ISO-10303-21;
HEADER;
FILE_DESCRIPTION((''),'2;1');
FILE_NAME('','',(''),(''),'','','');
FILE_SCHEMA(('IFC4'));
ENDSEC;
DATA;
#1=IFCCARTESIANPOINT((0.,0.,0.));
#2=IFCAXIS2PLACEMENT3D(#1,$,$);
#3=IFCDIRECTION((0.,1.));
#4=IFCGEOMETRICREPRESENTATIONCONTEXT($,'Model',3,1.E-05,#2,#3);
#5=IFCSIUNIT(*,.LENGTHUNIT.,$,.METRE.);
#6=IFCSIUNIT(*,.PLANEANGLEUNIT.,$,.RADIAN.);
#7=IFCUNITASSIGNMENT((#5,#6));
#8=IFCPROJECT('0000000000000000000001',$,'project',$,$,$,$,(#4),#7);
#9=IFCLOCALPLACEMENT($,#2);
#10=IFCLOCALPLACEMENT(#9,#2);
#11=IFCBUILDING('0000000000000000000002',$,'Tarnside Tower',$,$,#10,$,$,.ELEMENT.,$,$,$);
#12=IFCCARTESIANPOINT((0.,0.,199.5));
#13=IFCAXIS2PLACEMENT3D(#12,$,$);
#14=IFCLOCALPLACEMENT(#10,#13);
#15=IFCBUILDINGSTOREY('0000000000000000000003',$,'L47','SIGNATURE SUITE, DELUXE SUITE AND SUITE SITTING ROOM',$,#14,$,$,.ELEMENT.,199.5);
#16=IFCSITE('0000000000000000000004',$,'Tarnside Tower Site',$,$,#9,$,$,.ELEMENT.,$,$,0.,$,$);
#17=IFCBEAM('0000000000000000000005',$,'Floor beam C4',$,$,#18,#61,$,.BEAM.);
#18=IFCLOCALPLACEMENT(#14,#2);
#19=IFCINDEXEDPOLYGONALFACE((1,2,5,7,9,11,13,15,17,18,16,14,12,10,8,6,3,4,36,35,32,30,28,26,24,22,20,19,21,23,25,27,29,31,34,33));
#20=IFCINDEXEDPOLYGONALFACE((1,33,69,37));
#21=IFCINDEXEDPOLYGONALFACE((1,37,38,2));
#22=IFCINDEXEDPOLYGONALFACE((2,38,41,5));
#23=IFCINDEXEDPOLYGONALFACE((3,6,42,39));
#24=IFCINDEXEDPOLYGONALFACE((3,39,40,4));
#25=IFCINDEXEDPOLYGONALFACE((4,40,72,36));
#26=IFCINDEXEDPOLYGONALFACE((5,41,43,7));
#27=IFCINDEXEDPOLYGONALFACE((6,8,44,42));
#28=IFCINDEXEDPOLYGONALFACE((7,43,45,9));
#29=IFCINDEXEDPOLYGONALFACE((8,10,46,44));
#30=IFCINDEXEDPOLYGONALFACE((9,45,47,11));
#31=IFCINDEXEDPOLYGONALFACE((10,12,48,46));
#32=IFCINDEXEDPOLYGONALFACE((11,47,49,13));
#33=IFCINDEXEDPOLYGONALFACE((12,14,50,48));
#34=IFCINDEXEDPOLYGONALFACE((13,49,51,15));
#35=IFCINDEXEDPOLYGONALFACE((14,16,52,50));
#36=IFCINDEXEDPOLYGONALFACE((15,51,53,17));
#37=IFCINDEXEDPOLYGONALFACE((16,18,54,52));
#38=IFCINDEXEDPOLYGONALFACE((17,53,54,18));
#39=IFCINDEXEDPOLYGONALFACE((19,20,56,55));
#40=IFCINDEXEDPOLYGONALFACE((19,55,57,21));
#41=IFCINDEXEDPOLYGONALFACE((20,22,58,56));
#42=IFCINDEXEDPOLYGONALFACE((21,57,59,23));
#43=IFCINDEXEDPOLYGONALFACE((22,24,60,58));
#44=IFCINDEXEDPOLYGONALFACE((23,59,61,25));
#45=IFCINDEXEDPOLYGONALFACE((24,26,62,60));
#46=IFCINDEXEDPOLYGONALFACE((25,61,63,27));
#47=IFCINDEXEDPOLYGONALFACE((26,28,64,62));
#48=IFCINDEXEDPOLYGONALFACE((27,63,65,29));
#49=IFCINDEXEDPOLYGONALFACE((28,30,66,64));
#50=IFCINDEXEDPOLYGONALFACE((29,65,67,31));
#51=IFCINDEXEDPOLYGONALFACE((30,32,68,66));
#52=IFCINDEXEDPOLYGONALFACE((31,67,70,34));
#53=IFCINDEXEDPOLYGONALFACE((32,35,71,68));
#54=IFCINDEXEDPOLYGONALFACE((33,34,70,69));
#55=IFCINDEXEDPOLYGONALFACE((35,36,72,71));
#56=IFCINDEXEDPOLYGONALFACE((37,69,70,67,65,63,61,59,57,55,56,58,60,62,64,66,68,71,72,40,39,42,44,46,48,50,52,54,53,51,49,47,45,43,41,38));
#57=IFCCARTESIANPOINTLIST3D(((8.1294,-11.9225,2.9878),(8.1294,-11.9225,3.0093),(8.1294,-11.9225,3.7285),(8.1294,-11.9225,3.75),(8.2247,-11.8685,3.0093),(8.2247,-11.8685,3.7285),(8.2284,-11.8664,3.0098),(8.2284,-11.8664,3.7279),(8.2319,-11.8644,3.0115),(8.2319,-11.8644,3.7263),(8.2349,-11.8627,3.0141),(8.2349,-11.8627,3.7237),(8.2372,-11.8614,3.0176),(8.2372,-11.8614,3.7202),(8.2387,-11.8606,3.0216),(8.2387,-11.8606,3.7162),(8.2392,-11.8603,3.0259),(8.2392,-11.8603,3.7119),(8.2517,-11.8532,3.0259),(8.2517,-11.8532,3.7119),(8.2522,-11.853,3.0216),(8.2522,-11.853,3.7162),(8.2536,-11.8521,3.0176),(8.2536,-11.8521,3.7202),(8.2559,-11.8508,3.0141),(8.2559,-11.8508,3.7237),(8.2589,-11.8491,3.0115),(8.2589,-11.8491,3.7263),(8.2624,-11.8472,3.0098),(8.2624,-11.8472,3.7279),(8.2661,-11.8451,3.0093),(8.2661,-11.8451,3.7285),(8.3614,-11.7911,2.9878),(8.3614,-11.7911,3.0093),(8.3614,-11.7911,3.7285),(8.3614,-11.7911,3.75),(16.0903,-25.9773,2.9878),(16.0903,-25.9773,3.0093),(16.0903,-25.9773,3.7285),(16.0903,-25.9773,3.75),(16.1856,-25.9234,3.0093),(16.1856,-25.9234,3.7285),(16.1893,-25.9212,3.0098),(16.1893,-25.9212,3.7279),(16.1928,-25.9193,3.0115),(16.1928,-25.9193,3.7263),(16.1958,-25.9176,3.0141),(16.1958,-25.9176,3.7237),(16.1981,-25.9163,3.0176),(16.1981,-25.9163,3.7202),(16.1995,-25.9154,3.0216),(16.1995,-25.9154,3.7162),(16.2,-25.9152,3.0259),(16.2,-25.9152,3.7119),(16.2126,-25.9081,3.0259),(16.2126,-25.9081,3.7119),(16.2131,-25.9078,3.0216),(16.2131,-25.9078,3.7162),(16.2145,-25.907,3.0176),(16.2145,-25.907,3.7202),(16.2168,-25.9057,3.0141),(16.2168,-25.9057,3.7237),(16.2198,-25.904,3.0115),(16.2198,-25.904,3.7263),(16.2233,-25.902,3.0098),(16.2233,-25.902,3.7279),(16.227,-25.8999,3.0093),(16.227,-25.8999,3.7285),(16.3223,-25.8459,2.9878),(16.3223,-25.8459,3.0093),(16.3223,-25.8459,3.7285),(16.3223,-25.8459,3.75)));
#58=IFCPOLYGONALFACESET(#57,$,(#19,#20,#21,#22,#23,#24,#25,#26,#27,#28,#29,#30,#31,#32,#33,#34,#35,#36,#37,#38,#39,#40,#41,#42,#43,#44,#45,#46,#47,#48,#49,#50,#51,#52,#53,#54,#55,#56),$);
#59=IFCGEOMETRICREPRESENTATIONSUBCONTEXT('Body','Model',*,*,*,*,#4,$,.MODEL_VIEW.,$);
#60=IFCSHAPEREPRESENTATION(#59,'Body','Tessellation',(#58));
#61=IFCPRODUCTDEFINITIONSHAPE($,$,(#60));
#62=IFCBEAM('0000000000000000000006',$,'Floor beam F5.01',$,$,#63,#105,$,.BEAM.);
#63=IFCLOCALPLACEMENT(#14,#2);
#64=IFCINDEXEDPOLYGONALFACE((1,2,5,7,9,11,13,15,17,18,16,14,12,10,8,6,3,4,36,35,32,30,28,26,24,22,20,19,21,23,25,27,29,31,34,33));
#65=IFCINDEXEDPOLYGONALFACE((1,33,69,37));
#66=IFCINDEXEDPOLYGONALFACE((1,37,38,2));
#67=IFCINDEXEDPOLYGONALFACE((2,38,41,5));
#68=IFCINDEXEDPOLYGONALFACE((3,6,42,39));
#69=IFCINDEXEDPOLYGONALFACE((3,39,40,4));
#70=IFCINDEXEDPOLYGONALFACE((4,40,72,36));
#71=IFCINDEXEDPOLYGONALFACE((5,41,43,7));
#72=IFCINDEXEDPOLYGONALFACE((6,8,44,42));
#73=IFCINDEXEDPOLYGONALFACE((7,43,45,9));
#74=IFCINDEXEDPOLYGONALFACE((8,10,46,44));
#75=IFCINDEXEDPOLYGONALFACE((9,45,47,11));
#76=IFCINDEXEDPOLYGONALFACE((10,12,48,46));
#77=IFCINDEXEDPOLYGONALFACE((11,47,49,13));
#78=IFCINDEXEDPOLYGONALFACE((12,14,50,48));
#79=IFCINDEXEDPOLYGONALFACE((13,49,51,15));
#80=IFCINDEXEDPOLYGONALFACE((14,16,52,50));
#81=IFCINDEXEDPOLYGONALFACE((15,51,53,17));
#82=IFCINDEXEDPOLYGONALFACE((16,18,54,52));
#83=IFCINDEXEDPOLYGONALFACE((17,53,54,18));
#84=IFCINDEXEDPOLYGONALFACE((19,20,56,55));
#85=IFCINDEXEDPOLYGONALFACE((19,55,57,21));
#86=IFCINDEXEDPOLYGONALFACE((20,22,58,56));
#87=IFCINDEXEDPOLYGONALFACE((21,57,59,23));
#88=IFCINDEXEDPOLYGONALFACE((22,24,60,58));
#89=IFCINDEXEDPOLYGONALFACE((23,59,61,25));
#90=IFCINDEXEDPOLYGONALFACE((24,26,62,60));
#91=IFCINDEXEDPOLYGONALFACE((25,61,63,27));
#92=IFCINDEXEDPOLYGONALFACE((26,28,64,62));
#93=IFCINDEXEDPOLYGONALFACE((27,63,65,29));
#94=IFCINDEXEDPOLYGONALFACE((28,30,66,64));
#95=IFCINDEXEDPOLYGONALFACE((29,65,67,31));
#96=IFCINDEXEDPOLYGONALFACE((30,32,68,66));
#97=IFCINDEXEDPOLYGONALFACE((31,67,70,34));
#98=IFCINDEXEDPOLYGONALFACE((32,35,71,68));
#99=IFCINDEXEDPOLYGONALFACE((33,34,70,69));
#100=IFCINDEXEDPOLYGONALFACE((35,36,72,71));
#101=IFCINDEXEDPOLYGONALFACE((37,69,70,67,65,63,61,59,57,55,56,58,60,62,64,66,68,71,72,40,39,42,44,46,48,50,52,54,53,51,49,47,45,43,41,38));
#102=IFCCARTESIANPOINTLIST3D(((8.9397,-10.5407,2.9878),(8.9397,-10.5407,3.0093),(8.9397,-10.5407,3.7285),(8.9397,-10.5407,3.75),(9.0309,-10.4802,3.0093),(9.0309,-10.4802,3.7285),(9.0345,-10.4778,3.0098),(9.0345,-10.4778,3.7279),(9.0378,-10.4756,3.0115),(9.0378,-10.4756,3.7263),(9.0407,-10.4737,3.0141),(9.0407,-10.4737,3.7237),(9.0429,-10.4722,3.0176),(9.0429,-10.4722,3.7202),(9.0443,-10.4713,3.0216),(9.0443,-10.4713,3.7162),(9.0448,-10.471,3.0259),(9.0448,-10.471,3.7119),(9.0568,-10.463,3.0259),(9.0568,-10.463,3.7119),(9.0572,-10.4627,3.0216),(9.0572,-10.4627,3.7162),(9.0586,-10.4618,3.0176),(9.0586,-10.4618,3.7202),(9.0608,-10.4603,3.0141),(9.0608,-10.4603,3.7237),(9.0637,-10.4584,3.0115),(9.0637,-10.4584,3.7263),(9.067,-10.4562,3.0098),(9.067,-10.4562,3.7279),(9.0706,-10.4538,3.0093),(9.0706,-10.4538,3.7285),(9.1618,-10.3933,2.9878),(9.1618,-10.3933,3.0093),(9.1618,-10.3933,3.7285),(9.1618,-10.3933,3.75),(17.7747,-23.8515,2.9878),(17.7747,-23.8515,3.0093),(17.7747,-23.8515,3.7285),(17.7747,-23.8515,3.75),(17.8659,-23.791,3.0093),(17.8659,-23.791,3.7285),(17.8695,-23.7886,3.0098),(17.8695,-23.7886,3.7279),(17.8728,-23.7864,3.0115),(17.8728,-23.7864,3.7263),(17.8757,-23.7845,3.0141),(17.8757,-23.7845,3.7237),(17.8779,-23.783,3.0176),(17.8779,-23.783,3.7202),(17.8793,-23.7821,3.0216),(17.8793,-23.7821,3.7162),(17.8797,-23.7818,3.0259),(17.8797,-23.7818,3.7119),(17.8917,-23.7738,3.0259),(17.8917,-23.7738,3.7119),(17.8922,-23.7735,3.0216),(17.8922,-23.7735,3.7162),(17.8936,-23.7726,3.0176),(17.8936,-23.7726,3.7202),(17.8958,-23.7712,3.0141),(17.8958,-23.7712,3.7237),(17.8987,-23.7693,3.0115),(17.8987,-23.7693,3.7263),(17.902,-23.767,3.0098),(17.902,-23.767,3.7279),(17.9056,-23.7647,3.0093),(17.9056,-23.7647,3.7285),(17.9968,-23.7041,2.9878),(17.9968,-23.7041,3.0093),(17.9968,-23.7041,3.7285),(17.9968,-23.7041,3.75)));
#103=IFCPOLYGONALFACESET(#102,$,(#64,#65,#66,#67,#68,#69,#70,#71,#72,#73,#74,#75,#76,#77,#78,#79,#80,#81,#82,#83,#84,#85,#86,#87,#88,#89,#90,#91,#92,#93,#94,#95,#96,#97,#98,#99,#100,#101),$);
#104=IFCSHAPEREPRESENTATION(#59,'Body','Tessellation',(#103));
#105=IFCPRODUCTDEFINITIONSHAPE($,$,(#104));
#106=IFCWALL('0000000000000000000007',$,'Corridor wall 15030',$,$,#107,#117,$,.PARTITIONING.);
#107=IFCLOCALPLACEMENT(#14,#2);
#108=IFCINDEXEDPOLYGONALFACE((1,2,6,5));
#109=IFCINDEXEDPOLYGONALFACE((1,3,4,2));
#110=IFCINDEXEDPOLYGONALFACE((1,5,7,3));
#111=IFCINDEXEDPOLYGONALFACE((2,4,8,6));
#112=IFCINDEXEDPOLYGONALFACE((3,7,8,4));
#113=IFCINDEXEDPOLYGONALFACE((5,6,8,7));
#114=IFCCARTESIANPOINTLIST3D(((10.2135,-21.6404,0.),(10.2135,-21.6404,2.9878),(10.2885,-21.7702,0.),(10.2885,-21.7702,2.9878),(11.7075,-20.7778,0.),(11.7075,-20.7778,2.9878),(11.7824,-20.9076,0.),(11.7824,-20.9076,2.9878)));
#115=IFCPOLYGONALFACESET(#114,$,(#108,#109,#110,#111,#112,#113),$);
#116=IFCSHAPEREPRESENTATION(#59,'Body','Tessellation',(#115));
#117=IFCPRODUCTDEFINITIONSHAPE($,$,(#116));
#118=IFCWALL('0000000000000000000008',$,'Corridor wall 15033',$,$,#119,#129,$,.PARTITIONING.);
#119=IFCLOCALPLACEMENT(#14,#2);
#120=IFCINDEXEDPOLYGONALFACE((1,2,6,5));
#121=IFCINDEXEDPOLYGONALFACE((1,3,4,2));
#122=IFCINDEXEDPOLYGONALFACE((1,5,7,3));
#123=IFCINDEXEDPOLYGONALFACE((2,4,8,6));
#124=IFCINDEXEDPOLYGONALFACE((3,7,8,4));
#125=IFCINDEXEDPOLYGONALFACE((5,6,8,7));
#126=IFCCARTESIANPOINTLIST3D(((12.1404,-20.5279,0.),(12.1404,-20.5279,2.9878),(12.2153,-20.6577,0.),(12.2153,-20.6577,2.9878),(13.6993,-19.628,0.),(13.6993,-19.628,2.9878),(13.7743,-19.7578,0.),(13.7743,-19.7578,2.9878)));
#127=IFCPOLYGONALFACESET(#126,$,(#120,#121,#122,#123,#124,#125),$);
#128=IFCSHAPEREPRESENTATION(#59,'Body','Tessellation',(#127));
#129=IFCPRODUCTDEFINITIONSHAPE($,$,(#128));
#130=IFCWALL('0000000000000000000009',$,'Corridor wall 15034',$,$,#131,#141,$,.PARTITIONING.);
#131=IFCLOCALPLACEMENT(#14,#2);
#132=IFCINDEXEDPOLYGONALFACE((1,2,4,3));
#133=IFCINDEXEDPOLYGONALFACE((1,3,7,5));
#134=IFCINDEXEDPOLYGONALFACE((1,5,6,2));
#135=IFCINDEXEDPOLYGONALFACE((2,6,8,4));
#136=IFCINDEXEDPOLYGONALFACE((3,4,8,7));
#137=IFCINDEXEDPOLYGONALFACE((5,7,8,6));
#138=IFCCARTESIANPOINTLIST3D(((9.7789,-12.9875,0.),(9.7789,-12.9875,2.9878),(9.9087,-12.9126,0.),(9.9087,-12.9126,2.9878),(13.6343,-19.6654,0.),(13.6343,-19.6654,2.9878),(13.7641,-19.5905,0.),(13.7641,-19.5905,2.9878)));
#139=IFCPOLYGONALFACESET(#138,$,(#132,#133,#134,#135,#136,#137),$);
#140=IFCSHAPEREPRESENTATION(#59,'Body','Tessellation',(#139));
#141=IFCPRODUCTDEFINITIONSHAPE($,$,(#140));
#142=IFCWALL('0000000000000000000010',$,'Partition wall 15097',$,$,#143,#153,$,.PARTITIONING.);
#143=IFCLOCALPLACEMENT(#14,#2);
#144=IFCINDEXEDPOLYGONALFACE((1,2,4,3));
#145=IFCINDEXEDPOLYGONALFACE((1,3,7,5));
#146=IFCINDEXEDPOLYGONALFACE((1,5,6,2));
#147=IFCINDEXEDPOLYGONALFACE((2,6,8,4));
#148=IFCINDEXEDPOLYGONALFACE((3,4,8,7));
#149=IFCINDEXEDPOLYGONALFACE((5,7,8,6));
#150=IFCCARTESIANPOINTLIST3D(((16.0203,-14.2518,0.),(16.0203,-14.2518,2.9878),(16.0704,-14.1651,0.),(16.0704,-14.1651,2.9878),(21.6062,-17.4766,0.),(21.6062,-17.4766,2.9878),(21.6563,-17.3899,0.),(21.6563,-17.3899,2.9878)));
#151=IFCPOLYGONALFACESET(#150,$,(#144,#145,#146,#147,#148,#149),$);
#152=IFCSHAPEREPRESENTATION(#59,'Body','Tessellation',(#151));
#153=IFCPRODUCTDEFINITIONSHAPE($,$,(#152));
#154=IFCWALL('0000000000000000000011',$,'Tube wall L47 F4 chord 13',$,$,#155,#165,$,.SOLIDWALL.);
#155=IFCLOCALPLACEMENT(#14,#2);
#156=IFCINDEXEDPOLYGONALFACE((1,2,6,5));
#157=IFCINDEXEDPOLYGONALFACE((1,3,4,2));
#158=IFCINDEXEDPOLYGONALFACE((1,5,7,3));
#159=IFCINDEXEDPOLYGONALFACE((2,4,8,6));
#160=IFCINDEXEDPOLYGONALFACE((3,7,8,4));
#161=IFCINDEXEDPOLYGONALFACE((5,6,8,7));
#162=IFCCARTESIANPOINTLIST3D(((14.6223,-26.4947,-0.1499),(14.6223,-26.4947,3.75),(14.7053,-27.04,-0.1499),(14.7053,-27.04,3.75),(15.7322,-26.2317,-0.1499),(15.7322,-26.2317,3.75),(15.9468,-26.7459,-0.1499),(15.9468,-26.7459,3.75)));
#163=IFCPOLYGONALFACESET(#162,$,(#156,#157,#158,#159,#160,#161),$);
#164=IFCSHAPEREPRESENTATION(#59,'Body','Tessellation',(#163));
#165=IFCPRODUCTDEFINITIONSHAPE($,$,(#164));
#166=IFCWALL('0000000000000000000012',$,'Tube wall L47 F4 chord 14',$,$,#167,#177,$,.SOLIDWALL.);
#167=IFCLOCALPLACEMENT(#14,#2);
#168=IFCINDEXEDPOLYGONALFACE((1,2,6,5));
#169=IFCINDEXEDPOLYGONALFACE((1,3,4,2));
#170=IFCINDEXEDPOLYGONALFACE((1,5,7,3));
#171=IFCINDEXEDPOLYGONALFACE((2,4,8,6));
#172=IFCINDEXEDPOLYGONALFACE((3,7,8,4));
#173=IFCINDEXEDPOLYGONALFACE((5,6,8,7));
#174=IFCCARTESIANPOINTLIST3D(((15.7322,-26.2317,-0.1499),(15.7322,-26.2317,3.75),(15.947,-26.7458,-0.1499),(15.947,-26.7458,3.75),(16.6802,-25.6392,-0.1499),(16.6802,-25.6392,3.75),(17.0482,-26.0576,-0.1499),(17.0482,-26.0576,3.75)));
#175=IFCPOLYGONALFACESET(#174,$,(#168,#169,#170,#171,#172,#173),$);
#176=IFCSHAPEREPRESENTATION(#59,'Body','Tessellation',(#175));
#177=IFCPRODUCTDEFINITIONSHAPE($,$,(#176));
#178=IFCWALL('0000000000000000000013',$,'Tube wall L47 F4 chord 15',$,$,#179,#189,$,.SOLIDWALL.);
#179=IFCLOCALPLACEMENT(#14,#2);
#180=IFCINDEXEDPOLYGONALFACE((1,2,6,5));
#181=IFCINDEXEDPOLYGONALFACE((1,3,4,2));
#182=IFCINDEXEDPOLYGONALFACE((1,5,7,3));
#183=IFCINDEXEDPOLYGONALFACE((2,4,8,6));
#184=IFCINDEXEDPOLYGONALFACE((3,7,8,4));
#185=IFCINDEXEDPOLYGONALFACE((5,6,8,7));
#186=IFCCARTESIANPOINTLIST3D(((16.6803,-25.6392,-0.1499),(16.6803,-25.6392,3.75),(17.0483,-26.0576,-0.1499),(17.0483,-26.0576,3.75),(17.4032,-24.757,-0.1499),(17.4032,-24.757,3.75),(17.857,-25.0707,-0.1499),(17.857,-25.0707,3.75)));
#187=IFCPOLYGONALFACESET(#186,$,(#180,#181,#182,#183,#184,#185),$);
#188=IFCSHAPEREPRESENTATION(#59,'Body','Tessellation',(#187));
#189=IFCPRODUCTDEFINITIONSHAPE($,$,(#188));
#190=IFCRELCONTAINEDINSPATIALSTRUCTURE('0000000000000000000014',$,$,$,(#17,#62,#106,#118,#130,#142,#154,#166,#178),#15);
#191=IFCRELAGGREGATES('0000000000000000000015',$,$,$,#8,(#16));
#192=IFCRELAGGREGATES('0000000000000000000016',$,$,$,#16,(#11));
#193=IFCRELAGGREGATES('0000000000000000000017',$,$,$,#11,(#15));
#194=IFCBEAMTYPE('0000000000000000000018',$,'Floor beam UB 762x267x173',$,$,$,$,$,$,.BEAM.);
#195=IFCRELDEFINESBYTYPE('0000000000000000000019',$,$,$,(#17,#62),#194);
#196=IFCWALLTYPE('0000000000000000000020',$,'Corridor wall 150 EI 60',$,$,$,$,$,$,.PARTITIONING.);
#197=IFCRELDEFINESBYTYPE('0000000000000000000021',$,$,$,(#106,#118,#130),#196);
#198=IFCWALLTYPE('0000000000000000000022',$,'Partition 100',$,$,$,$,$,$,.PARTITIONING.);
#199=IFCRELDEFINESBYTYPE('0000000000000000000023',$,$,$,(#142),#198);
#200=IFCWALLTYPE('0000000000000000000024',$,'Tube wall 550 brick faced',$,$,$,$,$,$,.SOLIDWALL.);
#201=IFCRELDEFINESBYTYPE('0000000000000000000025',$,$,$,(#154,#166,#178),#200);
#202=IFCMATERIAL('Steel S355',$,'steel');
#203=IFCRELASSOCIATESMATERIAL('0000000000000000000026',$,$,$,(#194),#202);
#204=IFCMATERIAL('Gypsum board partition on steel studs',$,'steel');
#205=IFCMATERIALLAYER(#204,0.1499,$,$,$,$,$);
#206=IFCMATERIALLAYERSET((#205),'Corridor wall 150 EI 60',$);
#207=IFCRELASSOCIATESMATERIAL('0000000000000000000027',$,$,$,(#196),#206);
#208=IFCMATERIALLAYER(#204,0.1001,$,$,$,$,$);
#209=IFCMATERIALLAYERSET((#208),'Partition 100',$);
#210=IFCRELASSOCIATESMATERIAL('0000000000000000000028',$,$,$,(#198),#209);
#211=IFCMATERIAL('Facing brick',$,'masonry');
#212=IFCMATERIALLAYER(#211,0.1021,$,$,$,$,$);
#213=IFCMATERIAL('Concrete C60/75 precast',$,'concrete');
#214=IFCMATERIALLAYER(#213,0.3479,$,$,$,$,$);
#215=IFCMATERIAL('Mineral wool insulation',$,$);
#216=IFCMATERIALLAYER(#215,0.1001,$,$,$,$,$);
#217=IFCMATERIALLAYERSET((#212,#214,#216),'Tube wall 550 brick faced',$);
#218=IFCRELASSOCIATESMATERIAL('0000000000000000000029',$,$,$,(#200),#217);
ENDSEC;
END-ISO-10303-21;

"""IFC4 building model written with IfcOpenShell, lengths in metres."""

from ifc_helpers import new_model, si_unit, direction, frame, frame_2d, origin, origin_2d, place, context, subcontext, project, spatial, polyline, rectangle, i_section, outline, extrude, material, layer, layer_set, material_profile, profile_set, type_object, element, save


model = new_model("IFC4")

# Units and contexts
model_context = context("Model", 3, precision=1e-05, world=origin(), true_north=direction((0.0, 1.0)))
body_context = subcontext(model_context, "Body", "Model", "MODEL_VIEW")
ifc_project = project(units=[si_unit("LENGTHUNIT", "METRE"), si_unit("PLANEANGLEUNIT", "RADIAN")], contexts=[model_context])

# Site, building, storey
site_placement = place(None, origin())
site = spatial("IfcSite", under=ifc_project, at=site_placement, Name="Tarnside Tower Site", CompositionType="ELEMENT", RefElevation=0.0)
building_placement = place(site_placement, origin())
building = spatial("IfcBuilding", under=site, at=building_placement, Name="Tarnside Tower", CompositionType="ELEMENT")
storey_placement = place(building_placement, frame((0.0, 0.0, 199.5)))
storey = spatial("IfcBuildingStorey", under=building, at=storey_placement, Name="L47", Description="SIGNATURE SUITE, DELUXE SUITE AND SUITE SITTING ROOM", CompositionType="ELEMENT", Elevation=199.5)

# Beams
ifc_material_1 = material(Name="Steel S355", Category="steel")
ifc_material_profile_1 = material_profile(ifc_material_1, i_section(OverallWidth=0.2666, OverallDepth=0.7622, WebThickness=0.0144, FlangeThickness=0.0215, FilletRadius=0.0166, at=origin_2d()), Name="UB 762x267x173")
ifc_profile_set_1 = profile_set([ifc_material_profile_1], Name="Steel S355")
beam_type_1 = type_object("IfcBeamType", Name="Floor beam UB 762x267x173", PredefinedType="BEAM", material=ifc_profile_set_1)
beam_1_placement = place(storey_placement, frame((16.2063, -25.9116, 3.3689), z_axis=(-0.492847, 0.870116, 0.0), x_axis=(-0.870116, -0.492847, 0.0)))
element("IfcBeam", 1, at=beam_1_placement, inside=storey, type_object=beam_type_1, Name="Floor beam C4", PredefinedType="BEAM", context=body_context, shape_type="SweptSolid", body=[
    extrude(i_section(OverallWidth=0.2666, OverallDepth=0.7622, WebThickness=0.0144, FlangeThickness=0.0215, FilletRadius=0.0166, at=origin_2d()), origin(), (0.0, 0.0, 1.0), 16.1528),
])
beam_2_placement = place(storey_placement, frame((17.8857, -23.7778, 3.3689), z_axis=(-0.553013, 0.833172, 0.0), x_axis=(-0.833172, -0.553013, 0.0)))
element("IfcBeam", 2, at=beam_2_placement, inside=storey, type_object=beam_type_1, Name="Floor beam F5.01", PredefinedType="BEAM", context=body_context, shape_type="SweptSolid", body=[
    extrude(i_section(OverallWidth=0.2666, OverallDepth=0.7622, WebThickness=0.0144, FlangeThickness=0.0215, FilletRadius=0.0166, at=origin_2d()), origin(), (0.0, 0.0, 1.0), 15.9761),
])

# Walls
ifc_material_2 = material(Name="Gypsum board partition on steel studs", Category="steel")
ifc_layer_1 = layer(ifc_material_2, 0.1499)
ifc_layer_set_1 = layer_set([ifc_layer_1], Name="Corridor wall 150 EI 60")
wall_type_1 = type_object("IfcWallType", Name="Corridor wall 150 EI 60", PredefinedType="PARTITIONING", material=ifc_layer_set_1)
wall_1_placement = place(storey_placement, frame((10.251, -21.7053, 0.0), z_axis=(0.0, 0.0, 1.0), x_axis=(0.866014, 0.500021, 0.0)))
element("IfcWall", 3, at=wall_1_placement, inside=storey, type_object=wall_type_1, Name="Corridor wall 15030", PredefinedType="PARTITIONING", context=body_context, shape_type="SweptSolid", body=[
    extrude(rectangle(XDim=1.7251, YDim=0.1499, at=frame_2d((0.8625, 0.0))), origin(), (0.0, 0.0, 1.0), 2.9878),
])
wall_2_placement = place(storey_placement, frame((12.178, -20.5928, 0.0), z_axis=(0.0, 0.0, 1.0), x_axis=(0.866048, 0.499961, 0.0)))
element("IfcWall", 4, at=wall_2_placement, inside=storey, type_object=wall_type_1, Name="Corridor wall 15033", PredefinedType="PARTITIONING", context=body_context, shape_type="SweptSolid", body=[
    extrude(rectangle(XDim=1.8, YDim=0.1499, at=frame_2d((0.8999, 0.0))), origin(), (0.0, 0.0, 1.0), 2.9878),
])
wall_3_placement = place(storey_placement, frame((13.6992, -19.6279, 0.0), z_axis=(0.0, 0.0, 1.0), x_axis=(-0.499994, 0.866029, 0.0)))
element("IfcWall", 5, at=wall_3_placement, inside=storey, type_object=wall_type_1, Name="Corridor wall 15034", PredefinedType="PARTITIONING", context=body_context, shape_type="SweptSolid", body=[
    extrude(rectangle(XDim=7.7109, YDim=0.1499, at=frame_2d((3.8555, 0.0))), origin(), (0.0, 0.0, 1.0), 2.9878),
])
ifc_layer_2 = layer(ifc_material_2, 0.1001)
ifc_layer_set_2 = layer_set([ifc_layer_2], Name="Partition 100")
wall_type_2 = type_object("IfcWallType", Name="Partition 100", PredefinedType="PARTITIONING", material=ifc_layer_set_2)
wall_4_placement = place(storey_placement, frame((21.6313, -17.4333, 0.0), z_axis=(0.0, 0.0, 1.0), x_axis=(-0.866038, 0.499978, 0.0)))
element("IfcWall", 6, at=wall_4_placement, inside=storey, type_object=wall_type_2, Name="Partition wall 15097", PredefinedType="PARTITIONING", context=body_context, shape_type="SweptSolid", body=[
    extrude(rectangle(XDim=6.45, YDim=0.1001, at=frame_2d((3.2251, 0.0))), origin(), (0.0, 0.0, 1.0), 2.9878),
])
ifc_material_3 = material(Name="Facing brick", Category="masonry")
ifc_layer_3 = layer(ifc_material_3, 0.1021)
ifc_material_4 = material(Name="Concrete C60/75 precast", Category="concrete")
ifc_layer_4 = layer(ifc_material_4, 0.3479)
ifc_material_5 = material(Name="Mineral wool insulation")
ifc_layer_5 = layer(ifc_material_5, 0.1001)
ifc_layer_set_3 = layer_set([ifc_layer_3, ifc_layer_4, ifc_layer_5], Name="Tube wall 550 brick faced")
wall_type_3 = type_object("IfcWallType", Name="Tube wall 550 brick faced", PredefinedType="SOLIDWALL", material=ifc_layer_set_3)
wall_5_placement = place(storey_placement, frame((14.6638, -26.7673, -0.1499), z_axis=(0.0, 0.0, 1.0), x_axis=(0.973064, 0.230537, 0.0)))
element("IfcWall", 7, at=wall_5_placement, inside=storey, type_object=wall_type_3, Name="Tube wall L47 F4 chord 13", PredefinedType="SOLIDWALL", context=body_context, shape_type="SweptSolid", body=[
    extrude(outline(polyline([(-0.0225, -0.2749), (1.2534, -0.2749), (1.1631, 0.2749), (0.0225, 0.2749), (-0.0225, -0.2749)])), origin(), (0.0, 0.0, 1.0), 3.8999),
])
wall_6_placement = place(storey_placement, frame((15.8396, -26.4888, -0.1499), z_axis=(0.0, 0.0, 1.0), x_axis=(0.84801, 0.529981, 0.0)))
element("IfcWall", 8, at=wall_6_placement, inside=storey, type_object=wall_type_3, Name="Tube wall L47 F4 chord 14", PredefinedType="SOLIDWALL", context=body_context, shape_type="SweptSolid", body=[
    extrude(outline(polyline([(-0.0452, -0.2749), (1.2534, -0.2749), (1.1631, 0.2749), (0.0452, 0.2749), (-0.0452, -0.2749)])), origin(), (0.0, 0.0, 1.0), 3.8999),
])
wall_7_placement = place(storey_placement, frame((16.8643, -25.8484, -0.1499), z_axis=(0.0, 0.0, 1.0), x_axis=(0.633843, 0.773462, 0.0)))
element("IfcWall", 9, at=wall_7_placement, inside=storey, type_object=wall_type_3, Name="Tube wall L47 F4 chord 15", PredefinedType="SOLIDWALL", context=body_context, shape_type="SweptSolid", body=[
    extrude(outline(polyline([(-0.0452, -0.2749), (1.2307, -0.2749), (1.1858, 0.2749), (0.0452, 0.2749), (-0.0452, -0.2749)])), origin(), (0.0, 0.0, 1.0), 3.8999),
])

save(model, "model.ifc")
